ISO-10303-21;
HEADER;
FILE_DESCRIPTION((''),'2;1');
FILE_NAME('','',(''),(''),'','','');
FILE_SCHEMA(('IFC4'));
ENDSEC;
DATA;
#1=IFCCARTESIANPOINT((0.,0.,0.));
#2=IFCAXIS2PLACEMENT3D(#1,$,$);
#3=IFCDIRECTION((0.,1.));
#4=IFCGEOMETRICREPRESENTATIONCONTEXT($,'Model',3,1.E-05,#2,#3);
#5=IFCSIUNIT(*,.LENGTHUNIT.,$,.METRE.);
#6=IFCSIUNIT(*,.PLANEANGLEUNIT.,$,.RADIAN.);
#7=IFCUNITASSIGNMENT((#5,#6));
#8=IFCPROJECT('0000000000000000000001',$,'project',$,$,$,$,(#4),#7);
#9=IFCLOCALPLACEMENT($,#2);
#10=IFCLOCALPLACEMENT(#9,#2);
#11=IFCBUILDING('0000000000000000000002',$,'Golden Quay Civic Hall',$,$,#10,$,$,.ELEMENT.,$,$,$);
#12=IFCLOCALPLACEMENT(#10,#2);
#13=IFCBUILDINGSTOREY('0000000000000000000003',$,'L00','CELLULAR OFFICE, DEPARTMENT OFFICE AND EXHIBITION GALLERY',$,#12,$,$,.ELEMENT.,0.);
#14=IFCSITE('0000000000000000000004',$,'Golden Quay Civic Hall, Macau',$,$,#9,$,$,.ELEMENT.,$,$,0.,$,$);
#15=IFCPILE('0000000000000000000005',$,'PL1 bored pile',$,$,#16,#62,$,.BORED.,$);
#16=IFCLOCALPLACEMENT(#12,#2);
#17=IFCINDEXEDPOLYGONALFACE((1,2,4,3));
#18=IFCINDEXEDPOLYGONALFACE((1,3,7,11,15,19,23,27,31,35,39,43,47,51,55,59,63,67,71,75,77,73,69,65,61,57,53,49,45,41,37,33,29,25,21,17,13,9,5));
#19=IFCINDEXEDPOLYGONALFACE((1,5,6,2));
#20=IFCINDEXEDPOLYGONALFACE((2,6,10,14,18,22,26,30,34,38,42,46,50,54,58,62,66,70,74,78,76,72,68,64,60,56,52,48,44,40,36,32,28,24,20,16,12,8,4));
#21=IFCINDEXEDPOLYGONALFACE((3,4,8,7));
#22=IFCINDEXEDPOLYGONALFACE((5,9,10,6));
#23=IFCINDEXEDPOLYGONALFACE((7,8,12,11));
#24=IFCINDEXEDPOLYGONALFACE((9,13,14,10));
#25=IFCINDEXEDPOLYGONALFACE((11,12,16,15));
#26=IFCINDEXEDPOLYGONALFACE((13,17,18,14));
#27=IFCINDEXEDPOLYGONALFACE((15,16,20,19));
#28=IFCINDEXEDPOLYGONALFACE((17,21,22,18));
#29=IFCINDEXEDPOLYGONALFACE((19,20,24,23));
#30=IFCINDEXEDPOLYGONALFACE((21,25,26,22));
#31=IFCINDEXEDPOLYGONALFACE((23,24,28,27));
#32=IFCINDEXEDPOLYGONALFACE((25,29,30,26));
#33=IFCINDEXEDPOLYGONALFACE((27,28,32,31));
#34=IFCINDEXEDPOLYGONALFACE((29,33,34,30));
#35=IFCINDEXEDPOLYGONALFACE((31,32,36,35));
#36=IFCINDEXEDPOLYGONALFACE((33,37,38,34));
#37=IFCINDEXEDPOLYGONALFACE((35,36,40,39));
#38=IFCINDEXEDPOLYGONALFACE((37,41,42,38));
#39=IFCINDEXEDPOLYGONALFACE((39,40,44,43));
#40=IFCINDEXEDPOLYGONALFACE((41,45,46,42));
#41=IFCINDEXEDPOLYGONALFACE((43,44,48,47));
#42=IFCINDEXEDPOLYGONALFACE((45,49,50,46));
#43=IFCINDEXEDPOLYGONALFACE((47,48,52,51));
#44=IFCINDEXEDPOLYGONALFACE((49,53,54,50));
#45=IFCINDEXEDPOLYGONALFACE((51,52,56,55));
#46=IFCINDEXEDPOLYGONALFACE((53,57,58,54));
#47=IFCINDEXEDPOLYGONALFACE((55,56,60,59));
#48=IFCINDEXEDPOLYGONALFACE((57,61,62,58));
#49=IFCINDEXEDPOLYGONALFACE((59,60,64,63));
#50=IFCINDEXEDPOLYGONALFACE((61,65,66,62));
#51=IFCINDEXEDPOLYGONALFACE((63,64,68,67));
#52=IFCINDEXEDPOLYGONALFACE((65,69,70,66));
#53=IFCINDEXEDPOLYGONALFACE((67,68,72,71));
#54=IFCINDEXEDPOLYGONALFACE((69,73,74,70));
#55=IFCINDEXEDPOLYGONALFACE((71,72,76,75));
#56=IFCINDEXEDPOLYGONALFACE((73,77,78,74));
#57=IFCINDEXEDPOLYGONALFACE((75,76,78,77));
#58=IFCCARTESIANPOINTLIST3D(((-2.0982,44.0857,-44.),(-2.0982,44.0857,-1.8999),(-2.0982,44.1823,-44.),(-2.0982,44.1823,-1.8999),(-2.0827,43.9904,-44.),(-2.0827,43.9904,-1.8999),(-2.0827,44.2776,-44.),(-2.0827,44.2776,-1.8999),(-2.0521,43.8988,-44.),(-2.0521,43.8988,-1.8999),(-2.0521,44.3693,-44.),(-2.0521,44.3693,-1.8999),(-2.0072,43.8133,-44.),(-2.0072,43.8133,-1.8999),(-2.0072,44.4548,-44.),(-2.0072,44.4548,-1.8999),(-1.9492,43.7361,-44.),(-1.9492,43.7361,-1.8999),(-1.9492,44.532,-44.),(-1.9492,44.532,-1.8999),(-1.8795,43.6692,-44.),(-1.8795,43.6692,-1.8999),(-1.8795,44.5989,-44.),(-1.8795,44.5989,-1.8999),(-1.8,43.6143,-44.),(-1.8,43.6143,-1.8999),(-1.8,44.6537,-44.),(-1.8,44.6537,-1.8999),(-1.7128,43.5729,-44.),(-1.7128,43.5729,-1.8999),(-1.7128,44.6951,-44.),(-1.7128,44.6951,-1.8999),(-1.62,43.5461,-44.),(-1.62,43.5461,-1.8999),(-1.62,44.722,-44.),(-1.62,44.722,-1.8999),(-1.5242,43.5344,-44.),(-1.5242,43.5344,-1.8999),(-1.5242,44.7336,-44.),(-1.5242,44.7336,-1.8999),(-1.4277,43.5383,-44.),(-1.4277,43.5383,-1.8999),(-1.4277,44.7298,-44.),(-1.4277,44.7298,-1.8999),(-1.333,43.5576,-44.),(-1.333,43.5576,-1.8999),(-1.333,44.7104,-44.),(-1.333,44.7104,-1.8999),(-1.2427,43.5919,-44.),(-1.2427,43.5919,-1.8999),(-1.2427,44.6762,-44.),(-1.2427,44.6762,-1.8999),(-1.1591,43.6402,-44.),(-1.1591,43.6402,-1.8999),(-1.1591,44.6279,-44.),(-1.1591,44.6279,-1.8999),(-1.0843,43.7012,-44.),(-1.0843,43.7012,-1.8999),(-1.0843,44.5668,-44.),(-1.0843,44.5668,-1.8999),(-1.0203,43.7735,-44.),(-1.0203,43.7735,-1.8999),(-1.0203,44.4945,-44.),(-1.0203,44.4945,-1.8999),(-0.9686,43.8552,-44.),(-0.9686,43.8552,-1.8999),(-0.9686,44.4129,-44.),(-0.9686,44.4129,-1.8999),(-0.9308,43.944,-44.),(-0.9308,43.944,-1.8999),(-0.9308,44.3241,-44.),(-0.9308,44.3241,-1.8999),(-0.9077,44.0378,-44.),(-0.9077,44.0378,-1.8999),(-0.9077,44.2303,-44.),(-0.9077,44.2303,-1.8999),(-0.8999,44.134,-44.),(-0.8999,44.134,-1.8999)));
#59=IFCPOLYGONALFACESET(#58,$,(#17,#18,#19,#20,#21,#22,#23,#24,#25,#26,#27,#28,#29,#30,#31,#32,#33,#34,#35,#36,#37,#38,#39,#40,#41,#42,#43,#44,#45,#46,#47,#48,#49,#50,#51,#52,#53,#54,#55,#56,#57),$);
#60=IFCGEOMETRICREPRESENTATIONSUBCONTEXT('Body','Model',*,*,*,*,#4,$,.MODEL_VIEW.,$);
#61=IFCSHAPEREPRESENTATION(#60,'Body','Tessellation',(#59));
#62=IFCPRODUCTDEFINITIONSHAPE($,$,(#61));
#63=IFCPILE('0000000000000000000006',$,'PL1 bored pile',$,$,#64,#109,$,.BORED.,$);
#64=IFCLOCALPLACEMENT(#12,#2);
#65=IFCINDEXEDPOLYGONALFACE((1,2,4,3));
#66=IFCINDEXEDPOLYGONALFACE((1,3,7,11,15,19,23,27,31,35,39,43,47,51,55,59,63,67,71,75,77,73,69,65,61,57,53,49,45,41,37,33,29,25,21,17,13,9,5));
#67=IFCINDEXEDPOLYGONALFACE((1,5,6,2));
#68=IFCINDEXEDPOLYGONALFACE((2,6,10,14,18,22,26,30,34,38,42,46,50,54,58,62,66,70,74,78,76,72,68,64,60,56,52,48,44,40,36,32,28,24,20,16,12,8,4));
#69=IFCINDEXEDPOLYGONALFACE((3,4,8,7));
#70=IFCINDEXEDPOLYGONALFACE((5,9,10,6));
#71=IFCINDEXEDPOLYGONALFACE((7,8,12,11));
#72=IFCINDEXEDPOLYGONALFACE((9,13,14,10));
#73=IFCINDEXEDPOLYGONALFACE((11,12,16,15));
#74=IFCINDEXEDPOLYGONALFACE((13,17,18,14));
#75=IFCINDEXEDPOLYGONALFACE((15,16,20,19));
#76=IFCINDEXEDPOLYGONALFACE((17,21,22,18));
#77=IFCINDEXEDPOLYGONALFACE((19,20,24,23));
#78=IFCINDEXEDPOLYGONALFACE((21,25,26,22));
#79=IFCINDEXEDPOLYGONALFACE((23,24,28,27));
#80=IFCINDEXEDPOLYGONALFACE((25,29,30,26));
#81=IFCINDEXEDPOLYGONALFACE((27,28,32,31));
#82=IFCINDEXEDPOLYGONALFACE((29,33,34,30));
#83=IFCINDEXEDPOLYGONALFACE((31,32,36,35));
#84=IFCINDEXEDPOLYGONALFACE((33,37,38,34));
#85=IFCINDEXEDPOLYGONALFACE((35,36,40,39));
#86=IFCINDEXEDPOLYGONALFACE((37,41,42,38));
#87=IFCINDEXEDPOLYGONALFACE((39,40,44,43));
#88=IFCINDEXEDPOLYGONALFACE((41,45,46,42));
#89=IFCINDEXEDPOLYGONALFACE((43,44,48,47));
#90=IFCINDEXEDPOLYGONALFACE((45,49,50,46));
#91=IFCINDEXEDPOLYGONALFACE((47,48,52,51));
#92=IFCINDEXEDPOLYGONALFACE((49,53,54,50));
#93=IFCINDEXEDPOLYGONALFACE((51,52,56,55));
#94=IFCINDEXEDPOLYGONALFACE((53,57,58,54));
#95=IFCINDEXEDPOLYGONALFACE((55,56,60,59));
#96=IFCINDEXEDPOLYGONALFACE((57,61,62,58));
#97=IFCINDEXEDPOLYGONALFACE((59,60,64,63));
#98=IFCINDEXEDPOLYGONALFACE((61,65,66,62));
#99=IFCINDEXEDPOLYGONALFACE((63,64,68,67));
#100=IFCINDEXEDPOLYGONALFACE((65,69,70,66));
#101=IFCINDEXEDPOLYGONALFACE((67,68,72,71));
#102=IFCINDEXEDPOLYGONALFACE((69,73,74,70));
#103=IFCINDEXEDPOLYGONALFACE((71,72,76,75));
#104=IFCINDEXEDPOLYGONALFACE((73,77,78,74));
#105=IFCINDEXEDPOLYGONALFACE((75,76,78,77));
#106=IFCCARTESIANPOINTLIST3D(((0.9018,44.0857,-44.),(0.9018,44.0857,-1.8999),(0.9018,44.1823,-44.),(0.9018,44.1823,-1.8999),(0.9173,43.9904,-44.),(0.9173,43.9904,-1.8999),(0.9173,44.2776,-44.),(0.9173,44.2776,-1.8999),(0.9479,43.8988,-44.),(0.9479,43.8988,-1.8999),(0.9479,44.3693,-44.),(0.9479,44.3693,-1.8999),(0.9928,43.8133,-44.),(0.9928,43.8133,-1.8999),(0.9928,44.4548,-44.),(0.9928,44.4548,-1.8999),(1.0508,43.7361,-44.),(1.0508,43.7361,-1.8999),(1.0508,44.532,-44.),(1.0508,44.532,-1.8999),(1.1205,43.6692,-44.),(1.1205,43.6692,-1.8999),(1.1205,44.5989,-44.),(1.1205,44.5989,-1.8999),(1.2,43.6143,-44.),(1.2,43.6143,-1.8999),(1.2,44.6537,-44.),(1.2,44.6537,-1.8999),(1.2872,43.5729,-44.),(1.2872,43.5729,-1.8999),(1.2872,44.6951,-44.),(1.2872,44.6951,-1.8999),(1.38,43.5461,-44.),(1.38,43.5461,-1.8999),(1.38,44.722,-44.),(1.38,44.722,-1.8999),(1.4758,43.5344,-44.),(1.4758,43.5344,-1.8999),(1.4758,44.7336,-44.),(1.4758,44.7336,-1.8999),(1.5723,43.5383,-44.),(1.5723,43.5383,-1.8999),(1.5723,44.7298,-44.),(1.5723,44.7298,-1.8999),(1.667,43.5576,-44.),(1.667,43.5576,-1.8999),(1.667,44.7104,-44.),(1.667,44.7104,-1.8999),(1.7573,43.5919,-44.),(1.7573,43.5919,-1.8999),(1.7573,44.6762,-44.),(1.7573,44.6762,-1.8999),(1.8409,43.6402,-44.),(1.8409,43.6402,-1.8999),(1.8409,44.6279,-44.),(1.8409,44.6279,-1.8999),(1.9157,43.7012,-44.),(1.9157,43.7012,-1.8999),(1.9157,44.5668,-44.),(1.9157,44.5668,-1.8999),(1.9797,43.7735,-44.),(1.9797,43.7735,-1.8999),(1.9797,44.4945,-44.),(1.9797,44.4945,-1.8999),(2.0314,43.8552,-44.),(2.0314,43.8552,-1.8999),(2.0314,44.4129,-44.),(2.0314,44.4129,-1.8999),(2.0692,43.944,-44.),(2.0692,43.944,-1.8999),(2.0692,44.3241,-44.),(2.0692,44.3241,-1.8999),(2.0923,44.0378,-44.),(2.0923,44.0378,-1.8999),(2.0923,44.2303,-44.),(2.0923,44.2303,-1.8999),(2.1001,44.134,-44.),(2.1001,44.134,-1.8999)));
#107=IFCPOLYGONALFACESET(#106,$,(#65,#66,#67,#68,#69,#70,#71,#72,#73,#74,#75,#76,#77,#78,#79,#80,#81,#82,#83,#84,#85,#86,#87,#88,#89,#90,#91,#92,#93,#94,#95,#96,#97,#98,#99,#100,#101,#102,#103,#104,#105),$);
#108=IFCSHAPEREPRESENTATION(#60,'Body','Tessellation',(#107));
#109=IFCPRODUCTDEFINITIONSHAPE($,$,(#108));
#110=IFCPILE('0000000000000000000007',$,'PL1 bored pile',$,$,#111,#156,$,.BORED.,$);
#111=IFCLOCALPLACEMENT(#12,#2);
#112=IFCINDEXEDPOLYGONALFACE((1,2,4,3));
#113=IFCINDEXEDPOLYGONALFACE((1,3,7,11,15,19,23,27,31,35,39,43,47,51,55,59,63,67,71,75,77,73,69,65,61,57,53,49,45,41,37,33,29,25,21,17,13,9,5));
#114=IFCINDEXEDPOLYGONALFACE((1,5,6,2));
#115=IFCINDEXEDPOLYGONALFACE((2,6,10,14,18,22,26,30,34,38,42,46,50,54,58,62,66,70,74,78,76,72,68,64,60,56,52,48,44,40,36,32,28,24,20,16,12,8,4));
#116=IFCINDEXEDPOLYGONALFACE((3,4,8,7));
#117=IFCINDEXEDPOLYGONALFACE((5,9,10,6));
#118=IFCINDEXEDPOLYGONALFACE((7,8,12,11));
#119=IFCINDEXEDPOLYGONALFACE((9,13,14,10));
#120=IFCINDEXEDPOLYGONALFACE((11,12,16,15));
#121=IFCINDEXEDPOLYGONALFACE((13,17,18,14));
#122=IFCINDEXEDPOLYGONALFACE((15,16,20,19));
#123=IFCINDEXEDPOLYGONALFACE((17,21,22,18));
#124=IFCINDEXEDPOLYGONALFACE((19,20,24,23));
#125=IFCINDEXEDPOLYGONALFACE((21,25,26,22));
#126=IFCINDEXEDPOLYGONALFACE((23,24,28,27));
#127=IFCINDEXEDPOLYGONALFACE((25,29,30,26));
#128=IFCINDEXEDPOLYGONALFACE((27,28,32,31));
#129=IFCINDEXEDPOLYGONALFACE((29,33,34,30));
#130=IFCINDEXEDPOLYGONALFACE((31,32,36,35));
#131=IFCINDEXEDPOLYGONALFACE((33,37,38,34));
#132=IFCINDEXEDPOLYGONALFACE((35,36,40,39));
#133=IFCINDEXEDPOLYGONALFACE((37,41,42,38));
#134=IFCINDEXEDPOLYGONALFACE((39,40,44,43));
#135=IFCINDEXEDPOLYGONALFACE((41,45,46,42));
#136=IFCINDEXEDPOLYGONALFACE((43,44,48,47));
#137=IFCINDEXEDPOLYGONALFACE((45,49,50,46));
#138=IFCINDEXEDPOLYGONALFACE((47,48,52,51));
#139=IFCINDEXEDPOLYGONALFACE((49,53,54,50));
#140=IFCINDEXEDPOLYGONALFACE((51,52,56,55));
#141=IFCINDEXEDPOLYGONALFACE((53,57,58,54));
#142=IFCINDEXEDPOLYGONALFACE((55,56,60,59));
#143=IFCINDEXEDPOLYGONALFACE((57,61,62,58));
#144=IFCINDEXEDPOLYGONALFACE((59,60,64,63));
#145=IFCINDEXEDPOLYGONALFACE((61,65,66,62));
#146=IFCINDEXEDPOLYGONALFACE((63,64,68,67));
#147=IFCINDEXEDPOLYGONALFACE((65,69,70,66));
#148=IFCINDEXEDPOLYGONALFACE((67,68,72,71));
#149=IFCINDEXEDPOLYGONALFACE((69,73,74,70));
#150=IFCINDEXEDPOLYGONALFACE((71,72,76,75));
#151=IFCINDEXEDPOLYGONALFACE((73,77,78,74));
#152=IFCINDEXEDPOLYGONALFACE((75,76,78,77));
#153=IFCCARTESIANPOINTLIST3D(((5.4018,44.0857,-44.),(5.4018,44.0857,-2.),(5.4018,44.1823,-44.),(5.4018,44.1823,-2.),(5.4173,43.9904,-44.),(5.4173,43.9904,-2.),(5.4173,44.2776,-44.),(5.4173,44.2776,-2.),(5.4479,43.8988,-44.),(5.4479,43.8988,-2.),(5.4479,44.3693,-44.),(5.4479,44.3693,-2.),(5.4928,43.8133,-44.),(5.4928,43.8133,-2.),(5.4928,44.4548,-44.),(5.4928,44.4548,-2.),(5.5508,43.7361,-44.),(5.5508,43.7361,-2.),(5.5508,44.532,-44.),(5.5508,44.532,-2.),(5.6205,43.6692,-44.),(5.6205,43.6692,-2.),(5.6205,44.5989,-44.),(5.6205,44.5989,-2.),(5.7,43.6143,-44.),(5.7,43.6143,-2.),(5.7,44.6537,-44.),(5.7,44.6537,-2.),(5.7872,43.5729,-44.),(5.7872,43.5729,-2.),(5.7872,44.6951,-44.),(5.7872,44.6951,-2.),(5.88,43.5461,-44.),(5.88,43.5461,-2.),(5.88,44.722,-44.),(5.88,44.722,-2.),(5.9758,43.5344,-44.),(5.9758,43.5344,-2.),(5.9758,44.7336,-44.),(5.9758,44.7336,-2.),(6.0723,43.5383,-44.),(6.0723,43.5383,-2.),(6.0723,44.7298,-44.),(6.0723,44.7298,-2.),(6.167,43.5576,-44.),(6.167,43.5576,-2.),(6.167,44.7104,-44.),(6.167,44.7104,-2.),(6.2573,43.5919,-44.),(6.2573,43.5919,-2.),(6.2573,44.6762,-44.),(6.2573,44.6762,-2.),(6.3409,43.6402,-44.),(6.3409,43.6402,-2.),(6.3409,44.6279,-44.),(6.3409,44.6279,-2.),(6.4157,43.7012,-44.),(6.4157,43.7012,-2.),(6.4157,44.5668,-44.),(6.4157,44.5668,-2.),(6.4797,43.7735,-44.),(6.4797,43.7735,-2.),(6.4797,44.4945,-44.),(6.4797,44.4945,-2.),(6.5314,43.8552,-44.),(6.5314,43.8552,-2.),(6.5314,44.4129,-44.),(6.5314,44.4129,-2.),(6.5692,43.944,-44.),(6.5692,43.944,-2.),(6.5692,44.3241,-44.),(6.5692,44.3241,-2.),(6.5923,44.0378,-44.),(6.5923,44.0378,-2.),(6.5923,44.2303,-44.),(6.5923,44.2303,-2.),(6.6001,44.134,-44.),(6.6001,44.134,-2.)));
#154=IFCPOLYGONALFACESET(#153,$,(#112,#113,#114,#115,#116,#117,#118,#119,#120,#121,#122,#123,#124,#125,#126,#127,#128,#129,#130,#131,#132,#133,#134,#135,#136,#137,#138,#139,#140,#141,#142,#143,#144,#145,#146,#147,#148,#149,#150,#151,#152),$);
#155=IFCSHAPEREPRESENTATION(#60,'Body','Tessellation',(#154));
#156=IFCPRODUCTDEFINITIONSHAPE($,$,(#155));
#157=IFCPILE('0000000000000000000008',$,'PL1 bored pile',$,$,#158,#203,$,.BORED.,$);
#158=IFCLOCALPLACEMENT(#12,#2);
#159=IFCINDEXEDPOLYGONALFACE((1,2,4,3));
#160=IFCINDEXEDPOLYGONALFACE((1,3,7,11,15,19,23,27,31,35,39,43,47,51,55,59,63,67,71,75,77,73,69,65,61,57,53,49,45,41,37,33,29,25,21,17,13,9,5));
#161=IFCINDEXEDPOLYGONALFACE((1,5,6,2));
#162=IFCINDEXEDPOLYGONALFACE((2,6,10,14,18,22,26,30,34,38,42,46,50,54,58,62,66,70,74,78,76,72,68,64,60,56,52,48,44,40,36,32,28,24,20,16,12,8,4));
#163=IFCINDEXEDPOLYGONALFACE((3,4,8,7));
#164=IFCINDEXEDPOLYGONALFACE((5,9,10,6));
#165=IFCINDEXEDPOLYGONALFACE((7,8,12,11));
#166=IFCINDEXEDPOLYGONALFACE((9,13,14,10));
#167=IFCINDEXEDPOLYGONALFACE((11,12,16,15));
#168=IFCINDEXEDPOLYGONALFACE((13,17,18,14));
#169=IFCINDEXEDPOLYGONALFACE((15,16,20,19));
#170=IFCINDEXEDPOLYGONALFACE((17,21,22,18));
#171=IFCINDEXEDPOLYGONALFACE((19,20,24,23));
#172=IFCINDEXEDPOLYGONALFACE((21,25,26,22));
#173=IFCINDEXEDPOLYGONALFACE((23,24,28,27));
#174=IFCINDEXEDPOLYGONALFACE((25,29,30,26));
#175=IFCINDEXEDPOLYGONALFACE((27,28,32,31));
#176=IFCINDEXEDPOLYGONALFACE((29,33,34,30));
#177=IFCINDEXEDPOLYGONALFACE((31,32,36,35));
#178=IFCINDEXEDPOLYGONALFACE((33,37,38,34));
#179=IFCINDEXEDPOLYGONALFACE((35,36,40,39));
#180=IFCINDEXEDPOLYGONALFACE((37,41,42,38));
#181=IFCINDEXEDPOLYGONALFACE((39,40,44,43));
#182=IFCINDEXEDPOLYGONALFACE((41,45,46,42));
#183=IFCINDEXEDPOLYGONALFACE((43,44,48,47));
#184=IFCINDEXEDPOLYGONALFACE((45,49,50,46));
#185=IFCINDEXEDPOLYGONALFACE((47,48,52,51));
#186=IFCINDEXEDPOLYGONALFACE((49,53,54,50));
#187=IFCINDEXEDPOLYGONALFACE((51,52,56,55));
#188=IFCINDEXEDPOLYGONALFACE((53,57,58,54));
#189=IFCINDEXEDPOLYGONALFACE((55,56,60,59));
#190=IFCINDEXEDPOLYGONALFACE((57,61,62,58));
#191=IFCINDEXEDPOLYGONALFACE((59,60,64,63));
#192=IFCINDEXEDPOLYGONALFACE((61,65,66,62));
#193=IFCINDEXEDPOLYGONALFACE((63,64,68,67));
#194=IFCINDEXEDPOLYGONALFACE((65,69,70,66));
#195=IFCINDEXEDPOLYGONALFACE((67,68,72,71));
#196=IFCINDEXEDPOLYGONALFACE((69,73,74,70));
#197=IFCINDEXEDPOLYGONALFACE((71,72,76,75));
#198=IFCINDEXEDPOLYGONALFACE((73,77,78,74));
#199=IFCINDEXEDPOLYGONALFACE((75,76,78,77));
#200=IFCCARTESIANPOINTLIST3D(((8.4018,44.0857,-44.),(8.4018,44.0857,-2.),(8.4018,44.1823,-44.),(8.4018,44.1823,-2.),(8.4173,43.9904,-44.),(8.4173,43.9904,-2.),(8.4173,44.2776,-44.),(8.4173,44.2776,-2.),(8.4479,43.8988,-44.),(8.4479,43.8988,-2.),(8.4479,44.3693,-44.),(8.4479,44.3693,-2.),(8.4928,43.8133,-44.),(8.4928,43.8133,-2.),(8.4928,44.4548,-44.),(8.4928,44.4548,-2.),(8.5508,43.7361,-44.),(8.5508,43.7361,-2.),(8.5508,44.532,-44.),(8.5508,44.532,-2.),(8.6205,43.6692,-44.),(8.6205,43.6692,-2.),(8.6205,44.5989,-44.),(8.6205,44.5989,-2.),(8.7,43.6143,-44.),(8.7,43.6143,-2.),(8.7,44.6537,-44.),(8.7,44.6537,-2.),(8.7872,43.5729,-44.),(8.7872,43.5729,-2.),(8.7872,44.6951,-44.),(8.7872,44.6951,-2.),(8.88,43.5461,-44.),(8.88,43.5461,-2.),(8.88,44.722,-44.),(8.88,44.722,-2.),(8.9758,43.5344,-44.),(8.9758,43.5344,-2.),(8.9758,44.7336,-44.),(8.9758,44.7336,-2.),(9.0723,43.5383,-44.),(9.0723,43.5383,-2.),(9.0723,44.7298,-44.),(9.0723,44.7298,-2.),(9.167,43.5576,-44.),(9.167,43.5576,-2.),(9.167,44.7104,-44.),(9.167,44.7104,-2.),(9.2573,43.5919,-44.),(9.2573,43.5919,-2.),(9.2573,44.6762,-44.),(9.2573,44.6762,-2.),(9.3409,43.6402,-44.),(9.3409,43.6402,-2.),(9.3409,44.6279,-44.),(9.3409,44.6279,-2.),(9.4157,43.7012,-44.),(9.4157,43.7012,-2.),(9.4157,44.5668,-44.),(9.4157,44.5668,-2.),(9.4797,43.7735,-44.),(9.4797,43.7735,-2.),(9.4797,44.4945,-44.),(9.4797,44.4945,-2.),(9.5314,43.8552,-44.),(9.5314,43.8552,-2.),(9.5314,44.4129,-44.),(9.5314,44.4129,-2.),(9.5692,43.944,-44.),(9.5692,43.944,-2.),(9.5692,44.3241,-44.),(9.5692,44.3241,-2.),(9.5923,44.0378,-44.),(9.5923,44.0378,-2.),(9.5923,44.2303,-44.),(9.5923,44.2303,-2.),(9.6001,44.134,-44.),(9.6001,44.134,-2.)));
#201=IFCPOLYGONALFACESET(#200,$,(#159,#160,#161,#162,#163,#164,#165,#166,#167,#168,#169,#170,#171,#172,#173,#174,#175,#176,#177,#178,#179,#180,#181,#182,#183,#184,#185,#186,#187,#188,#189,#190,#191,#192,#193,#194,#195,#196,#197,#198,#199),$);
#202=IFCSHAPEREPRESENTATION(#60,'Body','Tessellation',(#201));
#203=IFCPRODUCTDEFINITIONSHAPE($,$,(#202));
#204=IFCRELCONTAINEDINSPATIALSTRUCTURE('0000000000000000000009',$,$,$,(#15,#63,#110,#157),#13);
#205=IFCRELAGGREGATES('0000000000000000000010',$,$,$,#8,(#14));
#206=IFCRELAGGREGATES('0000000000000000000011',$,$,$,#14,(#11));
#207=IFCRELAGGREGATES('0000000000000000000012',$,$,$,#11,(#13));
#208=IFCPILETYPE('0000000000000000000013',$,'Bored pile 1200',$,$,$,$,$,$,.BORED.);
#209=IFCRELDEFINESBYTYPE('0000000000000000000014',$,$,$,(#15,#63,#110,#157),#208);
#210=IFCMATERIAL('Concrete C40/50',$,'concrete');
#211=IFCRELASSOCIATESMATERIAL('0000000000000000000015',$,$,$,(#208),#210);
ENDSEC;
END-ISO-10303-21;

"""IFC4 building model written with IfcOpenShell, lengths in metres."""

from ifc_helpers import new_model, si_unit, direction, frame, origin, origin_2d, place, context, subcontext, project, spatial, circle, extrude, material, material_profile, profile_set, type_object, element, save


model = new_model("IFC4")

# Units and contexts
model_context = context("Model", 3, precision=1e-05, world=origin(), true_north=direction((0.0, 1.0)))
body_context = subcontext(model_context, "Body", "Model", "MODEL_VIEW")
ifc_project = project(units=[si_unit("LENGTHUNIT", "METRE"), si_unit("PLANEANGLEUNIT", "RADIAN")], contexts=[model_context])

# Site, building, storey
site_placement = place(None, origin())
site = spatial("IfcSite", under=ifc_project, at=site_placement, Name="Golden Quay Civic Hall, Macau", CompositionType="ELEMENT", RefElevation=0.0)
building_placement = place(site_placement, origin())
building = spatial("IfcBuilding", under=site, at=building_placement, Name="Golden Quay Civic Hall", CompositionType="ELEMENT")
storey_placement = place(building_placement, origin())
storey = spatial("IfcBuildingStorey", under=building, at=storey_placement, Name="L00", Description="CELLULAR OFFICE, DEPARTMENT OFFICE AND EXHIBITION GALLERY", CompositionType="ELEMENT", Elevation=0.0)

# Piles
ifc_material_1 = material(Name="Concrete C40/50", Category="concrete")
ifc_material_profile_1 = material_profile(ifc_material_1, circle(Radius=0.6001, at=origin_2d()), Name="RC D1200")
ifc_profile_set_1 = profile_set([ifc_material_profile_1], Name="Concrete C40/50")
pile_type = type_object("IfcPileType", Name="Bored pile 1200", PredefinedType="BORED", material=ifc_profile_set_1)
for number, where, z_axis, x_axis, name in (
    (1, (-1.5, 44.134, -1.8999), (0.0, 0.0, -1.0), (1.0, 0.0, 0.0), "PL1 bored pile"),
    (2, (1.5, 44.134, -1.8999), (0.0, 0.0, -1.0), (1.0, 0.0, 0.0), "PL1 bored pile"),
):
    element("IfcPile", number, at=place(storey_placement, frame(where, z_axis=z_axis, x_axis=x_axis)), inside=storey, type_object=pile_type, Name=name, PredefinedType="BORED", context=body_context, shape_type="SweptSolid", body=[
        extrude(circle(Radius=0.6001, at=origin_2d()), origin(), (0.0, 0.0, 1.0), 42.1001),
    ])
for number, where, z_axis, x_axis, name in (
    (3, (6.0, 44.134, -2.0), (0.0, 0.0, -1.0), (1.0, 0.0, 0.0), "PL1 bored pile"),
    (4, (9.0, 44.134, -2.0), (0.0, 0.0, -1.0), (1.0, 0.0, 0.0), "PL1 bored pile"),
):
    element("IfcPile", number, at=place(storey_placement, frame(where, z_axis=z_axis, x_axis=x_axis)), inside=storey, type_object=pile_type, Name=name, PredefinedType="BORED", context=body_context, shape_type="SweptSolid", body=[
        extrude(circle(Radius=0.6001, at=origin_2d()), origin(), (0.0, 0.0, 1.0), 42.0),
    ])

save(model, "model.ifc")
